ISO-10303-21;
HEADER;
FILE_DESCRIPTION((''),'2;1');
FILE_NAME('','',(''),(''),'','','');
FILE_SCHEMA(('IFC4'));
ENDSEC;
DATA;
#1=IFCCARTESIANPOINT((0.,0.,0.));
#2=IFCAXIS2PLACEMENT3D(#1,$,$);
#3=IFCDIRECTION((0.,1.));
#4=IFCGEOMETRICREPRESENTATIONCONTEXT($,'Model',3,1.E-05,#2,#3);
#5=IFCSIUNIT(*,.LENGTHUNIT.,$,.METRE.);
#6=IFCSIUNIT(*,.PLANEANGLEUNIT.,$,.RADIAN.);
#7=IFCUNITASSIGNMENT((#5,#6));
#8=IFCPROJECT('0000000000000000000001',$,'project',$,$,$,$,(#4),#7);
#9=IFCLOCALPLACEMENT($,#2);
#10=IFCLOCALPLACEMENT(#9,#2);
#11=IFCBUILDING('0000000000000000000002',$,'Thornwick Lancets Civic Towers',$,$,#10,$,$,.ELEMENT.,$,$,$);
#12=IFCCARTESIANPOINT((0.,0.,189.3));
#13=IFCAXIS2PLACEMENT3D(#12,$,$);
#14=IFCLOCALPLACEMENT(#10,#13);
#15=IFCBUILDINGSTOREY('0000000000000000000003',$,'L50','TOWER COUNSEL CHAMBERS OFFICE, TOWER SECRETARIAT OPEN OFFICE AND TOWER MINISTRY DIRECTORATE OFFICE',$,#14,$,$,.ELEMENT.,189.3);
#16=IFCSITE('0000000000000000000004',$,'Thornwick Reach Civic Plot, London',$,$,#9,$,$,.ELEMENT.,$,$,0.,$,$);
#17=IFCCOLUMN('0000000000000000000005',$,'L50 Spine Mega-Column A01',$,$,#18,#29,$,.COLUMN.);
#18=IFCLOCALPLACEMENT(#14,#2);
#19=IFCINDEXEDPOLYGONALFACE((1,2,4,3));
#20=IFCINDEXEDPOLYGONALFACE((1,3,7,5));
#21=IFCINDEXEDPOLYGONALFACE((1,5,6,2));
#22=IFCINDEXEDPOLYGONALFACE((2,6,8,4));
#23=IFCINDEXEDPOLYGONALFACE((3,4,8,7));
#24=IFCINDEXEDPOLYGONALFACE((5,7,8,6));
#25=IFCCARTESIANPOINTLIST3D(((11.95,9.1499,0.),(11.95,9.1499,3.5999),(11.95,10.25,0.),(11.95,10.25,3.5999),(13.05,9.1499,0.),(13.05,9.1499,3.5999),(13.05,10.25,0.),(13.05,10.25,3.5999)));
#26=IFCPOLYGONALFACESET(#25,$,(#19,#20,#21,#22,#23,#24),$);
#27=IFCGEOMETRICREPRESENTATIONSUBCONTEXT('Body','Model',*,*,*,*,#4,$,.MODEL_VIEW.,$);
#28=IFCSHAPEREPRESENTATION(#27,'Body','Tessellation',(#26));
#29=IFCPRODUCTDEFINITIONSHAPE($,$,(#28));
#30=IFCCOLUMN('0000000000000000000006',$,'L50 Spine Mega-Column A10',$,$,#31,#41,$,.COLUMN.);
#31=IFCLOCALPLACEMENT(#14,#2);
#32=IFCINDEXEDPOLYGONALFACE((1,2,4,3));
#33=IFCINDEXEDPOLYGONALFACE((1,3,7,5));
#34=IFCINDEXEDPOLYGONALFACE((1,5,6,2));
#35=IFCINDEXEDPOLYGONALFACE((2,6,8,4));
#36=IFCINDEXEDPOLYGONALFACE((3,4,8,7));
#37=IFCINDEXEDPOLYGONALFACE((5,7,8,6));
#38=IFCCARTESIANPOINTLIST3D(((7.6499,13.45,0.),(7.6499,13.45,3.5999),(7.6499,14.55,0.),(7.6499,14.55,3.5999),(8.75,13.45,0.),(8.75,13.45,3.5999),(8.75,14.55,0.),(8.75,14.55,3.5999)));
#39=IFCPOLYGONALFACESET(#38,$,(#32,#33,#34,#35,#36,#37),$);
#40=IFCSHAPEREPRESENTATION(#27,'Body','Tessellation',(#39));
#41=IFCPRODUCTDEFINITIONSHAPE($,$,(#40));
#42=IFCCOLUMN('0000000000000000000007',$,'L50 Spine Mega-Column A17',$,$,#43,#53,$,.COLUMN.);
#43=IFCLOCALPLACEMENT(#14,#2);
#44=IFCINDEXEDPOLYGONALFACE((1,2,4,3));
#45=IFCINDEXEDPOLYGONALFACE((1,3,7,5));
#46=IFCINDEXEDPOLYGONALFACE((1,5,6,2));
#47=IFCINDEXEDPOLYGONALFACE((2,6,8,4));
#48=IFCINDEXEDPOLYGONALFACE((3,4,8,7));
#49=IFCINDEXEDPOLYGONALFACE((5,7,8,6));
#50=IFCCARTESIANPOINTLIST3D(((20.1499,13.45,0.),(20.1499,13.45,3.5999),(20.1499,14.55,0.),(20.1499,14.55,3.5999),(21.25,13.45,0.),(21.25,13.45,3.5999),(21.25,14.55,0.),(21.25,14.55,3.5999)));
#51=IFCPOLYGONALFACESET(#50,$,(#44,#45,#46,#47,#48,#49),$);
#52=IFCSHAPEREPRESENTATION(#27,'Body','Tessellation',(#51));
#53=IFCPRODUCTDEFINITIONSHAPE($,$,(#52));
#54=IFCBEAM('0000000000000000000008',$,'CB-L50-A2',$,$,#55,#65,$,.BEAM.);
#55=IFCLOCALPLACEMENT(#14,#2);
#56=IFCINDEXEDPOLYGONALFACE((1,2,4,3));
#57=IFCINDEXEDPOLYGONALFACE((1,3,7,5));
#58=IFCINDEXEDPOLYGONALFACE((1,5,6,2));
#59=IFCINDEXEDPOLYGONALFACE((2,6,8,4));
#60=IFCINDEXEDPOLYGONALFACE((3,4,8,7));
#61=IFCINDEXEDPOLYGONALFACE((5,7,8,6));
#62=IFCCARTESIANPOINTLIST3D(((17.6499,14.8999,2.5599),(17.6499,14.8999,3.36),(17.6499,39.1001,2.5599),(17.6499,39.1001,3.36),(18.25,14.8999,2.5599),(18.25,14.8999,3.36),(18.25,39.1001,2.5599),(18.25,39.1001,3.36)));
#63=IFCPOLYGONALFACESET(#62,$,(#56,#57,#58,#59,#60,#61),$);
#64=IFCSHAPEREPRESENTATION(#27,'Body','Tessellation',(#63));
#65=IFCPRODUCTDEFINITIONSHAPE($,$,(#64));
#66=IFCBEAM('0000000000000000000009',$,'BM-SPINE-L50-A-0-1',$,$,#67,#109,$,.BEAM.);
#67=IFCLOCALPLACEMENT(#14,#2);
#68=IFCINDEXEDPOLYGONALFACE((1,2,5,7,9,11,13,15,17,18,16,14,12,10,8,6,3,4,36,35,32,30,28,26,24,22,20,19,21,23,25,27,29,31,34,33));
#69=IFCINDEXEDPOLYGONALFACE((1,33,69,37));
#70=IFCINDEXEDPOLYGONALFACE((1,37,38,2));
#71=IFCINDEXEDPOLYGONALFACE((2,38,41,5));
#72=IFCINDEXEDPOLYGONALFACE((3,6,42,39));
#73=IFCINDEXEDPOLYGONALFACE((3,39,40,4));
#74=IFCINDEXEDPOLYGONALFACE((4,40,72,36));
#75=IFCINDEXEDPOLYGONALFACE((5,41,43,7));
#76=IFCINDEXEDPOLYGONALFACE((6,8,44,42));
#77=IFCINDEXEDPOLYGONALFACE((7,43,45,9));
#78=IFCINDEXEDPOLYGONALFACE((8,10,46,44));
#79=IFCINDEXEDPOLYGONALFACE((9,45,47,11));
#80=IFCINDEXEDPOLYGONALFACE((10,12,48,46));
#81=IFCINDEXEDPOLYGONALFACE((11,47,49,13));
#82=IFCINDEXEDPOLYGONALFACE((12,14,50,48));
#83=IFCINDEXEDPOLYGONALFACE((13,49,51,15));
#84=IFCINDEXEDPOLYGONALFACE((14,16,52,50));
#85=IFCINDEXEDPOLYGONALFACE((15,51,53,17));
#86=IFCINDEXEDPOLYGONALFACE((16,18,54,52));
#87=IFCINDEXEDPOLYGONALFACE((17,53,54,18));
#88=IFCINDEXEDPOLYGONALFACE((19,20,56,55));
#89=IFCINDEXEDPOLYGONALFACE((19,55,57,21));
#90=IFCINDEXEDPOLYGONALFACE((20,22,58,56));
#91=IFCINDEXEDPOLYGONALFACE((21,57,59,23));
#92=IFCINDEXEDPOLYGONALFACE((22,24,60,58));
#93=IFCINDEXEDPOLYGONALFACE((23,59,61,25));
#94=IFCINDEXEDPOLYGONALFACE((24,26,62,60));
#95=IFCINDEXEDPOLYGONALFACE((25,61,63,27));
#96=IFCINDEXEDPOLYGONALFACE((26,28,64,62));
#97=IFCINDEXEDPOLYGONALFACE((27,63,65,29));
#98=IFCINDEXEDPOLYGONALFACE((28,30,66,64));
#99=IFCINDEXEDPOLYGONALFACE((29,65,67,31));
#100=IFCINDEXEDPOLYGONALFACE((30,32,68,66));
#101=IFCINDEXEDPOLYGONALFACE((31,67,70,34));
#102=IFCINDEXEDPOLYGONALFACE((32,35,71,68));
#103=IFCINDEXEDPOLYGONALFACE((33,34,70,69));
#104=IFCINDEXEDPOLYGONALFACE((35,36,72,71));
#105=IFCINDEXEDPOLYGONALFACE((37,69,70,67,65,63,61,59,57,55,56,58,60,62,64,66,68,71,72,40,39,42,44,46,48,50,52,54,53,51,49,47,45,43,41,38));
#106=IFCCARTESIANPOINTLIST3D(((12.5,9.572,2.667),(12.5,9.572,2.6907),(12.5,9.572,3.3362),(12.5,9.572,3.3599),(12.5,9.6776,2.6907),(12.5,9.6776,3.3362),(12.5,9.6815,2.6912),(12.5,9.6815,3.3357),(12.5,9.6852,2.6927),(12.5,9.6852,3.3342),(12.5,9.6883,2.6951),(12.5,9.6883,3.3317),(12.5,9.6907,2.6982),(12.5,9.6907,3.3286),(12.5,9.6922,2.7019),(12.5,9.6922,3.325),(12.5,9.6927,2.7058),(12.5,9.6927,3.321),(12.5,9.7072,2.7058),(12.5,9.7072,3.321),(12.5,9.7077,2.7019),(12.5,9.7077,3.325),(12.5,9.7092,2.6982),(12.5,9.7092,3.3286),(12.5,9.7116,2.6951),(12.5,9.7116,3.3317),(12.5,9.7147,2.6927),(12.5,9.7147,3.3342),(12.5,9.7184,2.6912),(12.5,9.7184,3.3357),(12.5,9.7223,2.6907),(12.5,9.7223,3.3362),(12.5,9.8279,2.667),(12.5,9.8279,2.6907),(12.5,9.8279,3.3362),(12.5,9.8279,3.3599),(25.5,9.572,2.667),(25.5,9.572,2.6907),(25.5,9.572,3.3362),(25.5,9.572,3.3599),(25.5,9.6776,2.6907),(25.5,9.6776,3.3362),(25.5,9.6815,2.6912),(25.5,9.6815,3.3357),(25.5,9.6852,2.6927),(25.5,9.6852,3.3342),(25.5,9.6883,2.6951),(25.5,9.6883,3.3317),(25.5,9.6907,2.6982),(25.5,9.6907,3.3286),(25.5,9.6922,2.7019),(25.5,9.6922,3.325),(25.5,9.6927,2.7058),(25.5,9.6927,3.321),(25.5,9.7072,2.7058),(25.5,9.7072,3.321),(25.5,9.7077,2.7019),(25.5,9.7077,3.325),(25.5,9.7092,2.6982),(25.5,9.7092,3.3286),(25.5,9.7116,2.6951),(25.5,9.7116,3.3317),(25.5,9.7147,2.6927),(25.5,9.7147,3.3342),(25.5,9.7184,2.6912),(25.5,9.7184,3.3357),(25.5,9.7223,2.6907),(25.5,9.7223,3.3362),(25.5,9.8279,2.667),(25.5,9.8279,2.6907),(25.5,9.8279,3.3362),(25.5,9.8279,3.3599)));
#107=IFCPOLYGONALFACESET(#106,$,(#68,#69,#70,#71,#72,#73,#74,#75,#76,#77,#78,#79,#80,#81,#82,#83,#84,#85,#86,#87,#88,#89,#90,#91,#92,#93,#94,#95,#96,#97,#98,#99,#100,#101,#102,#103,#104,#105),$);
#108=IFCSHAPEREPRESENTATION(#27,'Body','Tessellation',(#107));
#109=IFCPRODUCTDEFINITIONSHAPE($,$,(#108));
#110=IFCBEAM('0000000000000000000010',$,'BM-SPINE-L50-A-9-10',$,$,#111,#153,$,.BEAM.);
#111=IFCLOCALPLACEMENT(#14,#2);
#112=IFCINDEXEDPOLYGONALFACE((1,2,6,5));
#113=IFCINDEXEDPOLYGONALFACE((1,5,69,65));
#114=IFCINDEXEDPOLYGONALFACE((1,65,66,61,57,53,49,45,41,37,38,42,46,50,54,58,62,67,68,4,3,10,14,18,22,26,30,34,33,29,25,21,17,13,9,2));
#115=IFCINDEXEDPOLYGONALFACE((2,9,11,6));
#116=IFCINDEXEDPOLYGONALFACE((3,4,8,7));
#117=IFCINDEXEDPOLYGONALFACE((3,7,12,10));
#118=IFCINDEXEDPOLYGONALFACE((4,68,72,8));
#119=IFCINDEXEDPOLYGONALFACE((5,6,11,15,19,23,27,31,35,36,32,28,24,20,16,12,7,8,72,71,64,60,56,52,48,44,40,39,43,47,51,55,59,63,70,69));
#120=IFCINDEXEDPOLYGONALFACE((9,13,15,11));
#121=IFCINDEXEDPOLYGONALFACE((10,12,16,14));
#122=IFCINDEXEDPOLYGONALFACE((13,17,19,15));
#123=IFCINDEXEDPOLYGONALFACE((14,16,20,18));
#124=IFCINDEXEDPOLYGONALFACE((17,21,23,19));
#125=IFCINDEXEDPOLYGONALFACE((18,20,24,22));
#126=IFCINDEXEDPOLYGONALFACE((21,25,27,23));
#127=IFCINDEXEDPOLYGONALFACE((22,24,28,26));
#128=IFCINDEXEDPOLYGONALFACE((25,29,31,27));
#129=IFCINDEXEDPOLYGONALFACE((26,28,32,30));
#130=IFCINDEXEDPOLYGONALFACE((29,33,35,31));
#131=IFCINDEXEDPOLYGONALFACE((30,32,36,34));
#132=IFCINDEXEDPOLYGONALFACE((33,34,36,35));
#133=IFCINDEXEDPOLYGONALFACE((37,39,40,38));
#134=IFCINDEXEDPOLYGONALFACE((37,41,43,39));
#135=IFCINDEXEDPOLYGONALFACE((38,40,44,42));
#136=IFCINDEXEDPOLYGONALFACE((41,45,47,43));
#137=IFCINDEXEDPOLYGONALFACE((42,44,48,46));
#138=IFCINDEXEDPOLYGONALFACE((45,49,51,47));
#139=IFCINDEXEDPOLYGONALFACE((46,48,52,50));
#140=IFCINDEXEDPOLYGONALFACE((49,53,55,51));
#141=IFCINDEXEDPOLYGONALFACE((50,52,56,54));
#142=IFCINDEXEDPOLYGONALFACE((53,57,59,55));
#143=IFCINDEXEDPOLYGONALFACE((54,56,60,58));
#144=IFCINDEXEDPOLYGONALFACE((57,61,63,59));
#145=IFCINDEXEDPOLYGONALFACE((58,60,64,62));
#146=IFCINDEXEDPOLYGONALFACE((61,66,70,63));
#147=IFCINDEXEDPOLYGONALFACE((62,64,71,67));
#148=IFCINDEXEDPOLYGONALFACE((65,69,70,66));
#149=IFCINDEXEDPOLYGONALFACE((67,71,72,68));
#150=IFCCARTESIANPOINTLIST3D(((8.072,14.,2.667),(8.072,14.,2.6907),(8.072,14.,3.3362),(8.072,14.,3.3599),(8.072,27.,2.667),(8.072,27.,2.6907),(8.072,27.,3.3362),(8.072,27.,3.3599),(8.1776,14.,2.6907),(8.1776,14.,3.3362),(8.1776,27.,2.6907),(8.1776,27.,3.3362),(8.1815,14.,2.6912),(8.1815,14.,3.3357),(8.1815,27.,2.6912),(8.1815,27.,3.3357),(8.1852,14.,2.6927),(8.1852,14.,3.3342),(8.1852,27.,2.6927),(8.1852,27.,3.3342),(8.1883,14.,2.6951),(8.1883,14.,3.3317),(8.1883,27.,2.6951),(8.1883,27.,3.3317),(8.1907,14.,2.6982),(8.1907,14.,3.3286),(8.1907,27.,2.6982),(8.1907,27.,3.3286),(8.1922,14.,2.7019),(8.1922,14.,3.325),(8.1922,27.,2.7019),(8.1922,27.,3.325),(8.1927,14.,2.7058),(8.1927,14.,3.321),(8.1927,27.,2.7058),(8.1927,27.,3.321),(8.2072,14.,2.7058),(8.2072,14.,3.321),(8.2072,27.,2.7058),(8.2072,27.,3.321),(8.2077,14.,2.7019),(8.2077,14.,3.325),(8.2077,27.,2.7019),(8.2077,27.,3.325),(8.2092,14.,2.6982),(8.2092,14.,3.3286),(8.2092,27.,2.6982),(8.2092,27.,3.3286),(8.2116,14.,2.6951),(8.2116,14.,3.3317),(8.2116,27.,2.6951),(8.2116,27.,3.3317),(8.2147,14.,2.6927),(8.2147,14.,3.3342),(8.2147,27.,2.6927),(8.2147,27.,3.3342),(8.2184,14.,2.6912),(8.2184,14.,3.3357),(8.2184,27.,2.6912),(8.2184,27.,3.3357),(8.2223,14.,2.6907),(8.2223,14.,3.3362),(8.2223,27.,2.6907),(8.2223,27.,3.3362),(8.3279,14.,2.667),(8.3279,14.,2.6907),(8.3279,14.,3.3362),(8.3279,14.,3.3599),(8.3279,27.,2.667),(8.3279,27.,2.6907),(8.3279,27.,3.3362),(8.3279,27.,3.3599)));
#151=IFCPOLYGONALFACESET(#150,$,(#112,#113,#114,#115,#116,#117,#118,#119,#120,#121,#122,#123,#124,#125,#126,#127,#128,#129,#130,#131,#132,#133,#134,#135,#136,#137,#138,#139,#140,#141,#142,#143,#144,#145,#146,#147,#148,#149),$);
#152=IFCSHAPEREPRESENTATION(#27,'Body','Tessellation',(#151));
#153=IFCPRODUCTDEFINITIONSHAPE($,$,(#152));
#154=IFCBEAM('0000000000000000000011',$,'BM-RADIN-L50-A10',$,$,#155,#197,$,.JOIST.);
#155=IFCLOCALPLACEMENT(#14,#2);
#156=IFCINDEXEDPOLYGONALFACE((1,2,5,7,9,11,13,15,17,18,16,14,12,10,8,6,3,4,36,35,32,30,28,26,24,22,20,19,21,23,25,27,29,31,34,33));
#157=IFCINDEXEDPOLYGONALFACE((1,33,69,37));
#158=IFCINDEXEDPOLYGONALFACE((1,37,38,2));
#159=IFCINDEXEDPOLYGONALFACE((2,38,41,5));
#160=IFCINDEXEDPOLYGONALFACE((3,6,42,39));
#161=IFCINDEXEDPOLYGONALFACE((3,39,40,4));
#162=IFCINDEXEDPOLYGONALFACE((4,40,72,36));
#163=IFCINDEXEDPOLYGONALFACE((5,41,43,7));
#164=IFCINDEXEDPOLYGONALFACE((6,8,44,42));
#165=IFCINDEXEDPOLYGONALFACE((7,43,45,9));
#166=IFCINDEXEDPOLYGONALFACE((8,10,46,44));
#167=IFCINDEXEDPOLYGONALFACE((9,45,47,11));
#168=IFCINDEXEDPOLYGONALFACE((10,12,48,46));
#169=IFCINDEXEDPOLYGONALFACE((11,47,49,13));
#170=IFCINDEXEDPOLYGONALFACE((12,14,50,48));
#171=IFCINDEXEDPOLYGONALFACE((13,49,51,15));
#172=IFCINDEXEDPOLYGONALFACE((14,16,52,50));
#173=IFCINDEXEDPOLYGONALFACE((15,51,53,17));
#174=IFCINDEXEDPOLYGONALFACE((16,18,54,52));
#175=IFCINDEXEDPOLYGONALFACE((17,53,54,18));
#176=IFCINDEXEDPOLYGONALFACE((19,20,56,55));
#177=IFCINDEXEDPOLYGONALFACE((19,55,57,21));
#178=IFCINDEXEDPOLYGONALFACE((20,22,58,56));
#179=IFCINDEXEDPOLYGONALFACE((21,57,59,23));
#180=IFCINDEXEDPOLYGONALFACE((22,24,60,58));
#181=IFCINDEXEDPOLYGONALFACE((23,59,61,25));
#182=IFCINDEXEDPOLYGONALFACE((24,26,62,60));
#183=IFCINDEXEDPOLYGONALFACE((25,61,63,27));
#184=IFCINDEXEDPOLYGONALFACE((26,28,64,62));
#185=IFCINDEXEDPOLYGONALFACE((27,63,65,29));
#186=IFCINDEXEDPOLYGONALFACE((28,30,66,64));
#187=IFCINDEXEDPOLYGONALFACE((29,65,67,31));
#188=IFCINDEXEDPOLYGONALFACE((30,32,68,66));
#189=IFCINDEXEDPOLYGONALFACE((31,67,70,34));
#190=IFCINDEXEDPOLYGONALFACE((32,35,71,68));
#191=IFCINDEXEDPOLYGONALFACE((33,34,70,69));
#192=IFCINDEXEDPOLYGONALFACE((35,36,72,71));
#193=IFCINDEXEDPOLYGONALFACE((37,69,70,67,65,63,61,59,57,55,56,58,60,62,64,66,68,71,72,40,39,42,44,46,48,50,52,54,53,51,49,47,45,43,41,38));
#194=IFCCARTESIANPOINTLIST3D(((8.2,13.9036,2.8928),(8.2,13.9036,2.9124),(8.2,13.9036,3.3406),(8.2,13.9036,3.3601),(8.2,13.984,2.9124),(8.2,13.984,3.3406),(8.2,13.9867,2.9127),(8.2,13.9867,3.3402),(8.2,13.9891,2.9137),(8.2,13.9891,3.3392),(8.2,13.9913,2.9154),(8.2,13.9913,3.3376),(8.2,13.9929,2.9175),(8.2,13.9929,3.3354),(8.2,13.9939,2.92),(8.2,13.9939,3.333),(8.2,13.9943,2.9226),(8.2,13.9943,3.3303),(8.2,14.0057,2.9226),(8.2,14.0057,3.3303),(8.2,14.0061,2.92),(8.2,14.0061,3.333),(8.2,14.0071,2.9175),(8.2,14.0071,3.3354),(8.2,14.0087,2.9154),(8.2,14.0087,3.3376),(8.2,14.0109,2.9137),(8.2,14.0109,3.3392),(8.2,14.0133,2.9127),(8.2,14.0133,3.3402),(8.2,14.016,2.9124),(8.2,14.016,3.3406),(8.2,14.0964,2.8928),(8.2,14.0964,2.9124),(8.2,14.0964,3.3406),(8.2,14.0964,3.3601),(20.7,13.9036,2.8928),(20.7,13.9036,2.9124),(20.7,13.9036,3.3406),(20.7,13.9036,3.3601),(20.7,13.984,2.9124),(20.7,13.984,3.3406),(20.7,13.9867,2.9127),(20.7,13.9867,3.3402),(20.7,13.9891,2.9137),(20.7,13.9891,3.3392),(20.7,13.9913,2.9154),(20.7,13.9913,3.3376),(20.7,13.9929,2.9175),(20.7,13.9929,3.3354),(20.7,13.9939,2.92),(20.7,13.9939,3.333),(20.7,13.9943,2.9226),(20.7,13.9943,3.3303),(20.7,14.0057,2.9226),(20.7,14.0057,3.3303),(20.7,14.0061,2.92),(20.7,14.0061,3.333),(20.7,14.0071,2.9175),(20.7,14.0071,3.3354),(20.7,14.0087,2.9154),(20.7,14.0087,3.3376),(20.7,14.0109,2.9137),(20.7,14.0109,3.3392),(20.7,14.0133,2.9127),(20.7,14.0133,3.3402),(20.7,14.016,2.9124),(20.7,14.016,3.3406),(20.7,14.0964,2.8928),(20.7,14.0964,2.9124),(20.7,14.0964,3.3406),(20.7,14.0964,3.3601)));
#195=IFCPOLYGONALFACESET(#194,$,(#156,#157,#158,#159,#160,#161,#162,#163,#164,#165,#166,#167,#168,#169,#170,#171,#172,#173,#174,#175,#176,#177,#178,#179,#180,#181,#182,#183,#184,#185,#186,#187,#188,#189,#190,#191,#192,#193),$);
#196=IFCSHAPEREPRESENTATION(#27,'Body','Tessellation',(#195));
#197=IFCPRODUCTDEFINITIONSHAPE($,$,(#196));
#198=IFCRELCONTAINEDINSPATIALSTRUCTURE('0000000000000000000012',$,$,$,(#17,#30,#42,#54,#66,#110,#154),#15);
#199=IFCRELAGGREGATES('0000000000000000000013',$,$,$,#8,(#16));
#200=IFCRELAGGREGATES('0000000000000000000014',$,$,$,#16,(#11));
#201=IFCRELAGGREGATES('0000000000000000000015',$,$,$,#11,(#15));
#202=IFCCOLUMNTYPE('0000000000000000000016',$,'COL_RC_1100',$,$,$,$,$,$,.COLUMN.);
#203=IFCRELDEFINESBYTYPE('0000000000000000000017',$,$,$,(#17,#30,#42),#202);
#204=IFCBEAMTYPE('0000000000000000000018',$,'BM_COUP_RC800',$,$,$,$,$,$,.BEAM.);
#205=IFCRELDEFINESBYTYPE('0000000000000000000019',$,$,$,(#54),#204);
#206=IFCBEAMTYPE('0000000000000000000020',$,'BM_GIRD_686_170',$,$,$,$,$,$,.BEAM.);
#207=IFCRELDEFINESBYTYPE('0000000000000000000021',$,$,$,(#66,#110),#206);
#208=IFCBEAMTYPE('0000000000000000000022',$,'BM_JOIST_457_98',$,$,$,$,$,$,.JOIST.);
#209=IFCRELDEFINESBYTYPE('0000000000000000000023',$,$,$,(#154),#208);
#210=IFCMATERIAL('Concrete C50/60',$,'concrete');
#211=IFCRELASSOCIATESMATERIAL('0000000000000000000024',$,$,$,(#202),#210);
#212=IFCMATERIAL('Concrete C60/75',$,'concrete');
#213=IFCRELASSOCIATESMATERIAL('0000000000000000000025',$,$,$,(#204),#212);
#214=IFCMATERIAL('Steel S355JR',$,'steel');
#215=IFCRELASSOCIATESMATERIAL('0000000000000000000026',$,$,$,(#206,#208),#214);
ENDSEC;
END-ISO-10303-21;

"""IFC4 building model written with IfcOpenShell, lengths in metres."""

from ifc_helpers import new_model, si_unit, direction, frame, origin, origin_2d, place, context, subcontext, project, spatial, rectangle, i_section, extrude, material, material_profile, profile_set, type_object, element, save


model = new_model("IFC4")

# Units and contexts
model_context = context("Model", 3, precision=1e-05, world=origin(), true_north=direction((0.0, 1.0)))
body_context = subcontext(model_context, "Body", "Model", "MODEL_VIEW")
ifc_project = project(units=[si_unit("LENGTHUNIT", "METRE"), si_unit("PLANEANGLEUNIT", "RADIAN")], contexts=[model_context])

# Site, building, storey
site_placement = place(None, origin())
site = spatial("IfcSite", under=ifc_project, at=site_placement, Name="Thornwick Reach Civic Plot, London", CompositionType="ELEMENT", RefElevation=0.0)
building_placement = place(site_placement, origin())
building = spatial("IfcBuilding", under=site, at=building_placement, Name="Thornwick Lancets Civic Towers", CompositionType="ELEMENT")
storey_placement = place(building_placement, frame((0.0, 0.0, 189.3)))
storey = spatial("IfcBuildingStorey", under=building, at=storey_placement, Name="L50", Description="TOWER COUNSEL CHAMBERS OFFICE, TOWER SECRETARIAT OPEN OFFICE AND TOWER MINISTRY DIRECTORATE OFFICE", CompositionType="ELEMENT", Elevation=189.3)

# Columns
ifc_material_1 = material(Name="Concrete C50/60", Category="concrete")
ifc_material_profile_1 = material_profile(ifc_material_1, rectangle(XDim=1.1001, YDim=1.1001, at=origin_2d()), Name="RC 1100x1100")
ifc_profile_set_1 = profile_set([ifc_material_profile_1], Name="Concrete C50/60")
column_type = type_object("IfcColumnType", Name="COL_RC_1100", PredefinedType="COLUMN", material=ifc_profile_set_1)
for number, where, z_axis, x_axis, name in (
    (1, (12.5, 9.7, 0.0), (0.0, 0.0, 1.0), (1.0, 0.0, 0.0), "L50 Spine Mega-Column A01"),
    (2, (8.2, 14.0, 0.0), (0.0, 0.0, 1.0), (1.0, 0.0, 0.0), "L50 Spine Mega-Column A10"),
    (3, (20.7, 14.0, 0.0), (0.0, 0.0, 1.0), (1.0, 0.0, 0.0), "L50 Spine Mega-Column A17"),
):
    element("IfcColumn", number, at=place(storey_placement, frame(where, z_axis=z_axis, x_axis=x_axis)), inside=storey, type_object=column_type, Name=name, PredefinedType="COLUMN", context=body_context, shape_type="SweptSolid", body=[
        extrude(rectangle(XDim=1.1001, YDim=1.1001, at=origin_2d()), origin(), (0.0, 0.0, 1.0), 3.5999),
    ])

# Beams
ifc_material_2 = material(Name="Concrete C60/75", Category="concrete")
ifc_material_profile_2 = material_profile(ifc_material_2, rectangle(XDim=0.6001, YDim=0.8, at=origin_2d()), Name="RC 600x800")
ifc_profile_set_2 = profile_set([ifc_material_profile_2], Name="Concrete C60/75")
beam_type_1 = type_object("IfcBeamType", Name="BM_COUP_RC800", PredefinedType="BEAM", material=ifc_profile_set_2)
beam_1_placement = place(storey_placement, frame((17.95, 14.8999, 2.96), z_axis=(0.0, 1.0, 0.0), x_axis=(-1.0, 0.0, 0.0)))
element("IfcBeam", 4, at=beam_1_placement, inside=storey, type_object=beam_type_1, Name="CB-L50-A2", PredefinedType="BEAM", context=body_context, shape_type="SweptSolid", body=[
    extrude(rectangle(XDim=0.6001, YDim=0.8, at=origin_2d()), origin(), (0.0, 0.0, 1.0), 24.2002),
])
ifc_material_3 = material(Name="Steel S355JR", Category="steel")
ifc_material_profile_3 = material_profile(ifc_material_3, i_section(OverallWidth=0.2559, OverallDepth=0.6929, WebThickness=0.0144, FlangeThickness=0.0237, FilletRadius=0.0151, at=origin_2d()), Name="UKB 686x254x170")
ifc_profile_set_3 = profile_set([ifc_material_profile_3], Name="Steel S355JR")
beam_type_2 = type_object("IfcBeamType", Name="BM_GIRD_686_170", PredefinedType="BEAM", material=ifc_profile_set_3)
for number, where, z_axis, x_axis, name in (
    (5, (12.5, 9.7, 3.0134), (1.0, 0.0, 0.0), (0.0, 1.0, 0.0), "BM-SPINE-L50-A-0-1"),
    (6, (8.2, 14.0, 3.0134), (0.0, 1.0, 0.0), (-1.0, 0.0, 0.0), "BM-SPINE-L50-A-9-10"),
):
    element("IfcBeam", number, at=place(storey_placement, frame(where, z_axis=z_axis, x_axis=x_axis)), inside=storey, type_object=beam_type_2, Name=name, PredefinedType="BEAM", context=body_context, shape_type="SweptSolid", body=[
        extrude(i_section(OverallWidth=0.2559, OverallDepth=0.6929, WebThickness=0.0144, FlangeThickness=0.0237, FilletRadius=0.0151, at=origin_2d()), origin(), (0.0, 0.0, 1.0), 13.0),
    ])
ifc_material_profile_4 = material_profile(ifc_material_3, i_section(OverallWidth=0.1929, OverallDepth=0.4673, WebThickness=0.0115, FlangeThickness=0.0195, FilletRadius=0.0103, at=origin_2d()), Name="UKB 457x191x98")
ifc_profile_set_4 = profile_set([ifc_material_profile_4], Name="Steel S355JR")
beam_type_3 = type_object("IfcBeamType", Name="BM_JOIST_457_98", PredefinedType="JOIST", material=ifc_profile_set_4)
beam_2_placement = place(storey_placement, frame((20.7, 14.0, 3.1265), z_axis=(-1.0, 0.0, 0.0), x_axis=(0.0, -1.0, 0.0)))
element("IfcBeam", 7, at=beam_2_placement, inside=storey, type_object=beam_type_3, Name="BM-RADIN-L50-A10", PredefinedType="JOIST", context=body_context, shape_type="SweptSolid", body=[
    extrude(i_section(OverallWidth=0.1929, OverallDepth=0.4673, WebThickness=0.0115, FlangeThickness=0.0195, FilletRadius=0.0103, at=origin_2d()), origin(), (0.0, 0.0, 1.0), 12.5),
])

save(model, "model.ifc")
